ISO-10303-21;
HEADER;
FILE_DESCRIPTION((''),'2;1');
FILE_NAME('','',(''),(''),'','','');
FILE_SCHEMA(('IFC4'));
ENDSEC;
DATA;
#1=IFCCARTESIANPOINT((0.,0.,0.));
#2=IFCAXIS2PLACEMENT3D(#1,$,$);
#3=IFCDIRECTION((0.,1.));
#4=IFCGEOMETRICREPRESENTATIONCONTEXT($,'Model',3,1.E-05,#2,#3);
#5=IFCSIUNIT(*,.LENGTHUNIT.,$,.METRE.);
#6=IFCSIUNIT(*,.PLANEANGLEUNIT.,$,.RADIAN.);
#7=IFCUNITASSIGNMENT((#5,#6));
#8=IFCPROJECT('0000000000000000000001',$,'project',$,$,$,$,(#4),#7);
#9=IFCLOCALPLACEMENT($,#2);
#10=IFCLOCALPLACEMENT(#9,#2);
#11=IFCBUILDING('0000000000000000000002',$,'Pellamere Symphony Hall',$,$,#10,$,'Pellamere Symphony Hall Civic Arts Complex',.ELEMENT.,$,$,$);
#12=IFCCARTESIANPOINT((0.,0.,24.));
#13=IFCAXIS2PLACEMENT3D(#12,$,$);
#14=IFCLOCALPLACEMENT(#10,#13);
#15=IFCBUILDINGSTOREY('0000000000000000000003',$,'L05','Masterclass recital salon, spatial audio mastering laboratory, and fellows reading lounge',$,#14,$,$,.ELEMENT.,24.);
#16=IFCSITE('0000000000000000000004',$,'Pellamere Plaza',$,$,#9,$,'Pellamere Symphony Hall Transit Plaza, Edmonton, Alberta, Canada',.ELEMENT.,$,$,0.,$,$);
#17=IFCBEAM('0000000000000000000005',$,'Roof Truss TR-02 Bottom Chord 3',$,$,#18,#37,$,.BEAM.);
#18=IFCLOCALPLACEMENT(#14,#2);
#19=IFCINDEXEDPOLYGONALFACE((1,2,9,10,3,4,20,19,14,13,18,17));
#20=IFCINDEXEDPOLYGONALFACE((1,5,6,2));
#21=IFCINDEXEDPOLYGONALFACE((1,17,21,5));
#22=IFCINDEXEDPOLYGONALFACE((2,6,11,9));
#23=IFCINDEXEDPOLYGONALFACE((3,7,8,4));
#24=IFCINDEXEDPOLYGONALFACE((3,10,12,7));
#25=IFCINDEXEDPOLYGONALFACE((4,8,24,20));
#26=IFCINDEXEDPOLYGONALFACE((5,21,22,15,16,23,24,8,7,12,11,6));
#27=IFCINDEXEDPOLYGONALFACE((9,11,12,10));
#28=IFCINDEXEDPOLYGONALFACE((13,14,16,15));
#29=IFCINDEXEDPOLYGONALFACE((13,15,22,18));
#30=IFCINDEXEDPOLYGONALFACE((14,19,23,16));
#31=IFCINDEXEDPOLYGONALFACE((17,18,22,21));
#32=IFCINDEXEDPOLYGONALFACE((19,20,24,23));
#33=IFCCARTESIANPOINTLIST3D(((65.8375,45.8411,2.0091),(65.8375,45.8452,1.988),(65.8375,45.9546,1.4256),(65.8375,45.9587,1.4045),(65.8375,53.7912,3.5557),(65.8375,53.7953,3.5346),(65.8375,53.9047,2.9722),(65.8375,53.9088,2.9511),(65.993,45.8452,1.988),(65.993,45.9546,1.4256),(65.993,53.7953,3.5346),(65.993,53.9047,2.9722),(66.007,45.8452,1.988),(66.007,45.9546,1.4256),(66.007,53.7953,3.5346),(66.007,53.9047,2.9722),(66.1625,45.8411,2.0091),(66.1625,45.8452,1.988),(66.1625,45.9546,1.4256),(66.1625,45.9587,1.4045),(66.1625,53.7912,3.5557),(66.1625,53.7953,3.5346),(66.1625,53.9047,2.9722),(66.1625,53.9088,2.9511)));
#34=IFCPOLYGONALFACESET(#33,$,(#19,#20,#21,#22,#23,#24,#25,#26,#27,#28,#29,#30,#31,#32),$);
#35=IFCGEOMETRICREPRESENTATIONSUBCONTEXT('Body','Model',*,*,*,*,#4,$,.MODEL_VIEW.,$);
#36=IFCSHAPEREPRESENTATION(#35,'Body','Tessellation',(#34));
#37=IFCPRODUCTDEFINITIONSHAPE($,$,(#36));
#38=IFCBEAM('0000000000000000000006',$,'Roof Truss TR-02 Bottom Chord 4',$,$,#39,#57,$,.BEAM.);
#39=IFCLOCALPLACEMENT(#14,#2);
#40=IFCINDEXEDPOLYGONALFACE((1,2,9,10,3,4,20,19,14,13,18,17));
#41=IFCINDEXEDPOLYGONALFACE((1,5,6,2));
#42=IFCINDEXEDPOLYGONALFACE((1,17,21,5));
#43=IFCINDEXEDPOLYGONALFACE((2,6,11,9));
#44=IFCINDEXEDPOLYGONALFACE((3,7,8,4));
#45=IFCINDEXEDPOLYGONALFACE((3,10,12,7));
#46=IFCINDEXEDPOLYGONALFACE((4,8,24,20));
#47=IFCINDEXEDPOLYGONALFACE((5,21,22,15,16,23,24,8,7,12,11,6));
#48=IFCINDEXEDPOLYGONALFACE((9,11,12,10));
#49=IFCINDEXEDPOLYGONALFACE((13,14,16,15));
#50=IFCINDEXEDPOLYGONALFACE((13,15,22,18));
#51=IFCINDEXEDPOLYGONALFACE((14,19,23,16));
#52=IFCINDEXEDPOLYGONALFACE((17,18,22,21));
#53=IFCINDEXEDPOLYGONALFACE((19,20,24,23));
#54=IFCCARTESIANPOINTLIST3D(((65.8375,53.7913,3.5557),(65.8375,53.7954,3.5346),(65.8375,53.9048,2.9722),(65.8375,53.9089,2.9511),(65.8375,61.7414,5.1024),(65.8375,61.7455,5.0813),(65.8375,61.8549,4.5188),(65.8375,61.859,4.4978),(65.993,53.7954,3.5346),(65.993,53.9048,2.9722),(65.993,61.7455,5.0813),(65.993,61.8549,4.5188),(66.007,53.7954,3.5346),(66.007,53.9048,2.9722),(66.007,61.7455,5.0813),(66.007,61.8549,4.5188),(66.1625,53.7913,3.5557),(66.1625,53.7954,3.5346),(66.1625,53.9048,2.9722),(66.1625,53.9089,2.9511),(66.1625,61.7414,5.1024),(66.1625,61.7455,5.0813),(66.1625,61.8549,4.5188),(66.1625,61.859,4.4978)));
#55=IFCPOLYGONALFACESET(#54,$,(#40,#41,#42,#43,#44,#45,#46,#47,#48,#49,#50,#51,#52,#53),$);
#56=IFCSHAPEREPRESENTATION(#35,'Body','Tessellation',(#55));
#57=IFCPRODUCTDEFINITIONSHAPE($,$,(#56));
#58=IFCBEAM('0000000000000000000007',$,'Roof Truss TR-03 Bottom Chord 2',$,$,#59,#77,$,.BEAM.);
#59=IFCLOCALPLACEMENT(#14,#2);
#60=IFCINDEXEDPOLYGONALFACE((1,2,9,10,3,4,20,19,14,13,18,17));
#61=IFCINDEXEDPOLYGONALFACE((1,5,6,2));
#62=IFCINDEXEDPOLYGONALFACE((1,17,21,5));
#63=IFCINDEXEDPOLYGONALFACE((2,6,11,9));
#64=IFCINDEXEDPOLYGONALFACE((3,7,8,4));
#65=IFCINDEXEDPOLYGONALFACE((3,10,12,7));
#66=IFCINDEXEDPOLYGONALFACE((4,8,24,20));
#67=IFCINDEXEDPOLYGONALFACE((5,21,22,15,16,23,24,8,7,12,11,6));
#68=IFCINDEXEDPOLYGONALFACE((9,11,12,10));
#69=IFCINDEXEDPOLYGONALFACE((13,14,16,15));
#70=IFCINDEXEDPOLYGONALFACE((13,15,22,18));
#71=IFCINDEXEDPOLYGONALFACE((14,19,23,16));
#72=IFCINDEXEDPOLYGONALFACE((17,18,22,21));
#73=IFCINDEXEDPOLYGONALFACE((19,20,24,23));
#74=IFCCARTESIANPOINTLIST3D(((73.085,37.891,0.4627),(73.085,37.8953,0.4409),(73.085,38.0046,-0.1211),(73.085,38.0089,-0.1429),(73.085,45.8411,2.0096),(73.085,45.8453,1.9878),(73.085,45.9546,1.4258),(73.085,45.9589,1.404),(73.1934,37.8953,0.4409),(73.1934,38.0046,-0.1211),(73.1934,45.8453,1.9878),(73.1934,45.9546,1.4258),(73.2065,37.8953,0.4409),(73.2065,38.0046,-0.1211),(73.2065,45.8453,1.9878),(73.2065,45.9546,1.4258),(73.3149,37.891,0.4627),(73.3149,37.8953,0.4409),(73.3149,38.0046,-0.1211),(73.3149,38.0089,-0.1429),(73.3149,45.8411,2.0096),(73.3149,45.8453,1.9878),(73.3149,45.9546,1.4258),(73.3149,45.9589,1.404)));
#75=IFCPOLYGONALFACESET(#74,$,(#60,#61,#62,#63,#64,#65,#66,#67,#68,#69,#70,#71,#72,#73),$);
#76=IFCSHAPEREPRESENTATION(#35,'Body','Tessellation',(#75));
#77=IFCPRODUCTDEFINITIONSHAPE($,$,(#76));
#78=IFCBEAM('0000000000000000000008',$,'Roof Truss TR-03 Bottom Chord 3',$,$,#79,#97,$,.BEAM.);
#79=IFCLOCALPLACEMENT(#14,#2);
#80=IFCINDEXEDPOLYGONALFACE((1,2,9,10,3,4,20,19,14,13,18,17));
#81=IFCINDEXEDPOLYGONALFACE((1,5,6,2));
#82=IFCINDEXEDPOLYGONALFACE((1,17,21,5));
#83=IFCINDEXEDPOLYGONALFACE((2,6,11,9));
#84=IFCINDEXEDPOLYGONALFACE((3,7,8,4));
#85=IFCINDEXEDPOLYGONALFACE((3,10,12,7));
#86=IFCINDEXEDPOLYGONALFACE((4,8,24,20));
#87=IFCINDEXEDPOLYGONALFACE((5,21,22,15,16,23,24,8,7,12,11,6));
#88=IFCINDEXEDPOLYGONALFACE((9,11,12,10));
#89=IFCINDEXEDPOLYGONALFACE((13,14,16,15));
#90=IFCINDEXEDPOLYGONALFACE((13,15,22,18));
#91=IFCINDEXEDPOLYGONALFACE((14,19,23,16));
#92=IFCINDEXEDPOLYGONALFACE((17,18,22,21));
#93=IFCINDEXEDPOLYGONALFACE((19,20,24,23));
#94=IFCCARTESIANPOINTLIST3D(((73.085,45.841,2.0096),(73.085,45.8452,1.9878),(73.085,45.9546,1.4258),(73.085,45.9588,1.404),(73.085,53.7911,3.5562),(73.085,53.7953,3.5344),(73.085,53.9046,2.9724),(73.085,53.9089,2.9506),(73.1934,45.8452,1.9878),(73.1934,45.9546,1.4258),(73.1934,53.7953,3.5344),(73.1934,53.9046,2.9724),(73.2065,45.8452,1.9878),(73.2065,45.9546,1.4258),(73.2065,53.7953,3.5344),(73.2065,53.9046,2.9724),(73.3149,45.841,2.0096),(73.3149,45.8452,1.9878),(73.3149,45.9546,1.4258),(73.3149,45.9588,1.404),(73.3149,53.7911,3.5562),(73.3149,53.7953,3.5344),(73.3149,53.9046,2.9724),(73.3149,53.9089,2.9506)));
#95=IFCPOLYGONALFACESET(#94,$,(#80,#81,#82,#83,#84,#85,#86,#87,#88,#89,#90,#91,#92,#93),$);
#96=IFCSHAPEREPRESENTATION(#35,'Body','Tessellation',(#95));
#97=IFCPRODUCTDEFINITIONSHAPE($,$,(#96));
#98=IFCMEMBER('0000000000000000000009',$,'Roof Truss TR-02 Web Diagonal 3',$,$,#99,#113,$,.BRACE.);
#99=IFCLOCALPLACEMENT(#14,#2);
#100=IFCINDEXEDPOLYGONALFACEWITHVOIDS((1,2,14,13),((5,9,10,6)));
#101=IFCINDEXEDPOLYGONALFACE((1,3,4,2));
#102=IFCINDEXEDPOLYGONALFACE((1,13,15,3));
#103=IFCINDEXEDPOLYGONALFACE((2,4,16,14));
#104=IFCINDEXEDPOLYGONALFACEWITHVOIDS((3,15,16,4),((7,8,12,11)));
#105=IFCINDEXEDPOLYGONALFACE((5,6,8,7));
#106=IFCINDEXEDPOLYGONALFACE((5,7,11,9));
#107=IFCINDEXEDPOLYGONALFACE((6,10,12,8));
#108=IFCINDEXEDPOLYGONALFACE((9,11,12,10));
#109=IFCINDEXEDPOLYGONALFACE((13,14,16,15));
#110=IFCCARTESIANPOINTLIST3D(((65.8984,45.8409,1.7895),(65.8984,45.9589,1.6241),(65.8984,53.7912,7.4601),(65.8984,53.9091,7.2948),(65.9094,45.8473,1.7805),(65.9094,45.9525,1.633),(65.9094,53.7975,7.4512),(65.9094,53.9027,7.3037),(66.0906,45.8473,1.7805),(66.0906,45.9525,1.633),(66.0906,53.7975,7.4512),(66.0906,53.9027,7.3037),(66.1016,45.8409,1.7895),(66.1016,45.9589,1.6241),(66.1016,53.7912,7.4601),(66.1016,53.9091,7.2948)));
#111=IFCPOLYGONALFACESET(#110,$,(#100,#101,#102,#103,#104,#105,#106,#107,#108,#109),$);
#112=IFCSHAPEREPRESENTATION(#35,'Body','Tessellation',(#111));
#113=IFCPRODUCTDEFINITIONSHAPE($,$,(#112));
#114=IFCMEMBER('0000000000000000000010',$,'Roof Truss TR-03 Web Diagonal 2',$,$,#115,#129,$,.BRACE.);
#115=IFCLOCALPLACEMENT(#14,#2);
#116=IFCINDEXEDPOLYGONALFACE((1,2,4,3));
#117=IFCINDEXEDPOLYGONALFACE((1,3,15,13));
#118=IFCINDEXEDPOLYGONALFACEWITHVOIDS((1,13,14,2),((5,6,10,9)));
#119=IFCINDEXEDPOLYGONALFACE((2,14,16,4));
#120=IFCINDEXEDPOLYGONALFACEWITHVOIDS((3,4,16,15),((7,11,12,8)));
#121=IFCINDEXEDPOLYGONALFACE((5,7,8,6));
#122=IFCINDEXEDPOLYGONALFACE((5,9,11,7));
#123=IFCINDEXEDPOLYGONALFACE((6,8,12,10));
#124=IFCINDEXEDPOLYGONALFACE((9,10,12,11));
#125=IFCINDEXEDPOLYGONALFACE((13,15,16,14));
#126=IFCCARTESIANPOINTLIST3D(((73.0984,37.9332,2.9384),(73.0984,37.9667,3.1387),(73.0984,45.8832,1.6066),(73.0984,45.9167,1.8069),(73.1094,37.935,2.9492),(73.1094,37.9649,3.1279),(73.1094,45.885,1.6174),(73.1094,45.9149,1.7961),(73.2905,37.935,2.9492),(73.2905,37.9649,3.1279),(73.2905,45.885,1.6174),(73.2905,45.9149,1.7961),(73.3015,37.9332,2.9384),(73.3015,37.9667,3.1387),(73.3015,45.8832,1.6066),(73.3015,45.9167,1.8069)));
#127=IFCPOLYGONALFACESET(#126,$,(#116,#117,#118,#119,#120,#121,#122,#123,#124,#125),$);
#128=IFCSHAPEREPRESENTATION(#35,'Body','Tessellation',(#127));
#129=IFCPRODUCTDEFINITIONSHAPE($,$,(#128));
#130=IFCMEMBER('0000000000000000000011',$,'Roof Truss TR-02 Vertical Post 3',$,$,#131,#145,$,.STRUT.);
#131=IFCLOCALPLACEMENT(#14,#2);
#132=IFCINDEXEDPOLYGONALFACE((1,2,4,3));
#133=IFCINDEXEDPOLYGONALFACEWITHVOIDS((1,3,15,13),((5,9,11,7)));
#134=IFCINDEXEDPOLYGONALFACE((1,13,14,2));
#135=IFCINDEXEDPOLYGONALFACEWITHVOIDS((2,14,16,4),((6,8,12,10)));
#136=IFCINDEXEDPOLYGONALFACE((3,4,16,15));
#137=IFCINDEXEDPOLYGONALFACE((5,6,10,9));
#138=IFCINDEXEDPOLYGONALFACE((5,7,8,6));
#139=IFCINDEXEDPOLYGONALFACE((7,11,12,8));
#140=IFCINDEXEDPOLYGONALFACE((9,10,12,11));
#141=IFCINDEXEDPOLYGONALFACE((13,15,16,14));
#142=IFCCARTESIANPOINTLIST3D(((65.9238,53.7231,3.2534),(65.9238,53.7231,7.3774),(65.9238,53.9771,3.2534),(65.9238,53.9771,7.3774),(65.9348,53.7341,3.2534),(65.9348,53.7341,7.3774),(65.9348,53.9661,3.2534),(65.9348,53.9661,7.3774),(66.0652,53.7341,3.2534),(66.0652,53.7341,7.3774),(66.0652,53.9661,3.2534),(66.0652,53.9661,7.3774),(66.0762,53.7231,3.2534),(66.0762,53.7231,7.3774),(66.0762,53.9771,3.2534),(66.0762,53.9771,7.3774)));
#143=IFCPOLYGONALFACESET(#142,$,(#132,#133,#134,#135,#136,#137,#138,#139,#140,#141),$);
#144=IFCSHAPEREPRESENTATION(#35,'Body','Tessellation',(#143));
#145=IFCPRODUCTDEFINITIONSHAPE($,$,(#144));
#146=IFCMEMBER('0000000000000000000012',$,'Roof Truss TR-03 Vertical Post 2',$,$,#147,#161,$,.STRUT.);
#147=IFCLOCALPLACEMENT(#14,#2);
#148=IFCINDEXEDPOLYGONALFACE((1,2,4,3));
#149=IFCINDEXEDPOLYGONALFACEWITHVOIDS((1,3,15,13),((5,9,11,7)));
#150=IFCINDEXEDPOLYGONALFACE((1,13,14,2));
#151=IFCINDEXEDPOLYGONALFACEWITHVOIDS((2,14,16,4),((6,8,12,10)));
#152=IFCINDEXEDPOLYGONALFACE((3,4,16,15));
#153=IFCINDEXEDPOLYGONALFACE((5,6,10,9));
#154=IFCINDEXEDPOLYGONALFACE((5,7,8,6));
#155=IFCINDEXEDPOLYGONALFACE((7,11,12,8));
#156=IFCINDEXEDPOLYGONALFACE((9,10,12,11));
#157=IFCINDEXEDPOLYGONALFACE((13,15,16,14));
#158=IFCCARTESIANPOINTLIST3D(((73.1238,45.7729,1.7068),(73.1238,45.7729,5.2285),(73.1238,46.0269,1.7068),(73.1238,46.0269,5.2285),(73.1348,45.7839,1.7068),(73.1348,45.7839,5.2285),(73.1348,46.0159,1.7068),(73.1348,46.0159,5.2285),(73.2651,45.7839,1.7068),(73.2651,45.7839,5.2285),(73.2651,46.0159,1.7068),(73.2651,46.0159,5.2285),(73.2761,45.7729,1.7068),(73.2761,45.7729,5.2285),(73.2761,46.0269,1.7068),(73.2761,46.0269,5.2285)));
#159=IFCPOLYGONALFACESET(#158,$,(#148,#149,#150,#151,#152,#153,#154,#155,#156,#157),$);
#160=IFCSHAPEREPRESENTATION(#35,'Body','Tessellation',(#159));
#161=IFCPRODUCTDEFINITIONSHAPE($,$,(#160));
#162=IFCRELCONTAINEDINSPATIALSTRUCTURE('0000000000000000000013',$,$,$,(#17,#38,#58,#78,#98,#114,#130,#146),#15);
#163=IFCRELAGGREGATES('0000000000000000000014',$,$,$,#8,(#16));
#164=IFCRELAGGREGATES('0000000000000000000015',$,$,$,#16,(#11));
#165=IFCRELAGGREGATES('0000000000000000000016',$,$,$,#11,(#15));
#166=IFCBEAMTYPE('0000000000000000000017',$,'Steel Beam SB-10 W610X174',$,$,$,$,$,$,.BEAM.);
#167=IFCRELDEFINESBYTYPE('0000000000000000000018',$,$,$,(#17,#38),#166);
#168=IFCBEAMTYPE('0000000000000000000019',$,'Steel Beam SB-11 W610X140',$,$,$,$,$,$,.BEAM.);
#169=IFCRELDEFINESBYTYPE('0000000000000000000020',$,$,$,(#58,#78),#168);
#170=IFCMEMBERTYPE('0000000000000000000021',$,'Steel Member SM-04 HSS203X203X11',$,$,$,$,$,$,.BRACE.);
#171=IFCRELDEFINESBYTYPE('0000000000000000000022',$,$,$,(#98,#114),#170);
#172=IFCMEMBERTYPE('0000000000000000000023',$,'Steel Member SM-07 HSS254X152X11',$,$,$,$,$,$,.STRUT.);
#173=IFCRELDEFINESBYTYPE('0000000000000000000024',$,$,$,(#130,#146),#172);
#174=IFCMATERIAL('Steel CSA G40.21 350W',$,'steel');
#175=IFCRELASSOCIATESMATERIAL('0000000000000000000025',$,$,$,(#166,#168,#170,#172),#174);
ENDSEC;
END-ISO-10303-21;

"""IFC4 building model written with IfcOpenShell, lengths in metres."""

from ifc_helpers import new_model, si_unit, direction, frame, origin, origin_2d, place, context, subcontext, project, spatial, hollow_rectangle, i_section, extrude, material, material_profile, profile_set, type_object, element, save


model = new_model("IFC4")

# Units and contexts
model_context = context("Model", 3, precision=1e-05, world=origin(), true_north=direction((0.0, 1.0)))
body_context = subcontext(model_context, "Body", "Model", "MODEL_VIEW")
ifc_project = project(units=[si_unit("LENGTHUNIT", "METRE"), si_unit("PLANEANGLEUNIT", "RADIAN")], contexts=[model_context])

# Site, building, storey
site_placement = place(None, origin())
site = spatial("IfcSite", under=ifc_project, at=site_placement, Name="Pellamere Plaza", LongName="Pellamere Symphony Hall Transit Plaza, Edmonton, Alberta, Canada", CompositionType="ELEMENT", RefElevation=0.0)
building_placement = place(site_placement, origin())
building = spatial("IfcBuilding", under=site, at=building_placement, Name="Pellamere Symphony Hall", LongName="Pellamere Symphony Hall Civic Arts Complex", CompositionType="ELEMENT")
storey_placement = place(building_placement, frame((0.0, 0.0, 24.0)))
storey = spatial("IfcBuildingStorey", under=building, at=storey_placement, Name="L05", Description="Masterclass recital salon, spatial audio mastering laboratory, and fellows reading lounge", CompositionType="ELEMENT", Elevation=24.0)

# Beams
ifc_material_1 = material(Name="Steel CSA G40.21 350W", Category="steel")
ifc_material_profile_1 = material_profile(ifc_material_1, i_section(OverallWidth=0.325, OverallDepth=0.616, WebThickness=0.0139, FlangeThickness=0.0215, at=origin_2d()), Name="W610X174")
ifc_profile_set_1 = profile_set([ifc_material_profile_1], Name="Steel CSA G40.21 350W")
beam_type_1 = type_object("IfcBeamType", Name="Steel Beam SB-10 W610X174", PredefinedType="BEAM", material=ifc_profile_set_1)
for number, where, z_axis, x_axis, name in (
    (1, (66.0, 45.8999, 1.7068), (0.0, 0.981598, 0.19096), (-1.0, 0.0, 0.0), "Roof Truss TR-02 Bottom Chord 3"),
    (2, (66.0, 53.8501, 3.2534), (0.0, 0.981597, 0.190966), (-1.0, 0.0, 0.0), "Roof Truss TR-02 Bottom Chord 4"),
):
    element("IfcBeam", number, at=place(storey_placement, frame(where, z_axis=z_axis, x_axis=x_axis)), inside=storey, type_object=beam_type_1, Name=name, PredefinedType="BEAM", context=body_context, shape_type="SweptSolid", body=[
        extrude(i_section(OverallWidth=0.325, OverallDepth=0.616, WebThickness=0.0139, FlangeThickness=0.0215, at=origin_2d()), origin(), (0.0, 0.0, 1.0), 8.0991),
    ])
ifc_material_profile_2 = material_profile(ifc_material_1, i_section(OverallWidth=0.23, OverallDepth=0.6169, WebThickness=0.0132, FlangeThickness=0.0222, at=origin_2d()), Name="W610X140")
ifc_profile_set_2 = profile_set([ifc_material_profile_2], Name="Steel CSA G40.21 350W")
beam_type_2 = type_object("IfcBeamType", Name="Steel Beam SB-11 W610X140", PredefinedType="BEAM", material=ifc_profile_set_2)
for number, where, z_axis, x_axis, name in (
    (3, (73.2, 37.95, 0.1599), (0.0, 0.981591, 0.190995), (-1.0, 0.0, 0.0), "Roof Truss TR-03 Bottom Chord 2"),
    (4, (73.2, 45.8999, 1.7068), (0.0, 0.981598, 0.19096), (-1.0, 0.0, 0.0), "Roof Truss TR-03 Bottom Chord 3"),
):
    element("IfcBeam", number, at=place(storey_placement, frame(where, z_axis=z_axis, x_axis=x_axis)), inside=storey, type_object=beam_type_2, Name=name, PredefinedType="BEAM", context=body_context, shape_type="SweptSolid", body=[
        extrude(i_section(OverallWidth=0.23, OverallDepth=0.6169, WebThickness=0.0132, FlangeThickness=0.0222, at=origin_2d()), origin(), (0.0, 0.0, 1.0), 8.0991),
    ])

# Members
ifc_material_profile_3 = material_profile(ifc_material_1, hollow_rectangle(XDim=0.2031, YDim=0.2031, WallThickness=0.011, at=origin_2d()), Name="HSS203X203X11")
ifc_profile_set_3 = profile_set([ifc_material_profile_3], Name="Steel CSA G40.21 350W")
member_type_1 = type_object("IfcMemberType", Name="Steel Member SM-04 HSS203X203X11", PredefinedType="BRACE", material=ifc_profile_set_3)
member_1_placement = place(storey_placement, frame((66.0, 45.8999, 1.7068), z_axis=(0.0, 0.814124, 0.580692), x_axis=(-1.0, 0.0, 0.0)))
element("IfcMember", 5, at=member_1_placement, inside=storey, type_object=member_type_1, Name="Roof Truss TR-02 Web Diagonal 3", PredefinedType="BRACE", context=body_context, shape_type="SweptSolid", body=[
    extrude(hollow_rectangle(XDim=0.2031, YDim=0.2031, WallThickness=0.011, at=origin_2d()), origin(), (0.0, 0.0, 1.0), 9.7654),
])
member_2_placement = place(storey_placement, frame((73.2, 37.95, 3.0386), z_axis=(0.0, 0.986257, -0.165219), x_axis=(-1.0, 0.0, 0.0)))
element("IfcMember", 6, at=member_2_placement, inside=storey, type_object=member_type_1, Name="Roof Truss TR-03 Web Diagonal 2", PredefinedType="BRACE", context=body_context, shape_type="SweptSolid", body=[
    extrude(hollow_rectangle(XDim=0.2031, YDim=0.2031, WallThickness=0.011, at=origin_2d()), origin(), (0.0, 0.0, 1.0), 8.0608),
])
ifc_material_profile_4 = material_profile(ifc_material_1, hollow_rectangle(XDim=0.1523, YDim=0.2539, WallThickness=0.011, at=origin_2d()), Name="HSS254X152X11")
ifc_profile_set_4 = profile_set([ifc_material_profile_4], Name="Steel CSA G40.21 350W")
member_type_2 = type_object("IfcMemberType", Name="Steel Member SM-07 HSS254X152X11", PredefinedType="STRUT", material=ifc_profile_set_4)
member_3_placement = place(storey_placement, frame((66.0, 53.8501, 3.2534), z_axis=(0.0, 0.0, 1.0), x_axis=(1.0, 0.0, 0.0)))
element("IfcMember", 7, at=member_3_placement, inside=storey, type_object=member_type_2, Name="Roof Truss TR-02 Vertical Post 3", PredefinedType="STRUT", context=body_context, shape_type="SweptSolid", body=[
    extrude(hollow_rectangle(XDim=0.1523, YDim=0.2539, WallThickness=0.011, at=origin_2d()), origin(), (0.0, 0.0, 1.0), 4.124),
])
member_4_placement = place(storey_placement, frame((73.2, 45.8999, 1.7068), z_axis=(0.0, 0.0, 1.0), x_axis=(1.0, 0.0, 0.0)))
element("IfcMember", 8, at=member_4_placement, inside=storey, type_object=member_type_2, Name="Roof Truss TR-03 Vertical Post 2", PredefinedType="STRUT", context=body_context, shape_type="SweptSolid", body=[
    extrude(hollow_rectangle(XDim=0.1523, YDim=0.2539, WallThickness=0.011, at=origin_2d()), origin(), (0.0, 0.0, 1.0), 3.5217),
])

save(model, "model.ifc")
